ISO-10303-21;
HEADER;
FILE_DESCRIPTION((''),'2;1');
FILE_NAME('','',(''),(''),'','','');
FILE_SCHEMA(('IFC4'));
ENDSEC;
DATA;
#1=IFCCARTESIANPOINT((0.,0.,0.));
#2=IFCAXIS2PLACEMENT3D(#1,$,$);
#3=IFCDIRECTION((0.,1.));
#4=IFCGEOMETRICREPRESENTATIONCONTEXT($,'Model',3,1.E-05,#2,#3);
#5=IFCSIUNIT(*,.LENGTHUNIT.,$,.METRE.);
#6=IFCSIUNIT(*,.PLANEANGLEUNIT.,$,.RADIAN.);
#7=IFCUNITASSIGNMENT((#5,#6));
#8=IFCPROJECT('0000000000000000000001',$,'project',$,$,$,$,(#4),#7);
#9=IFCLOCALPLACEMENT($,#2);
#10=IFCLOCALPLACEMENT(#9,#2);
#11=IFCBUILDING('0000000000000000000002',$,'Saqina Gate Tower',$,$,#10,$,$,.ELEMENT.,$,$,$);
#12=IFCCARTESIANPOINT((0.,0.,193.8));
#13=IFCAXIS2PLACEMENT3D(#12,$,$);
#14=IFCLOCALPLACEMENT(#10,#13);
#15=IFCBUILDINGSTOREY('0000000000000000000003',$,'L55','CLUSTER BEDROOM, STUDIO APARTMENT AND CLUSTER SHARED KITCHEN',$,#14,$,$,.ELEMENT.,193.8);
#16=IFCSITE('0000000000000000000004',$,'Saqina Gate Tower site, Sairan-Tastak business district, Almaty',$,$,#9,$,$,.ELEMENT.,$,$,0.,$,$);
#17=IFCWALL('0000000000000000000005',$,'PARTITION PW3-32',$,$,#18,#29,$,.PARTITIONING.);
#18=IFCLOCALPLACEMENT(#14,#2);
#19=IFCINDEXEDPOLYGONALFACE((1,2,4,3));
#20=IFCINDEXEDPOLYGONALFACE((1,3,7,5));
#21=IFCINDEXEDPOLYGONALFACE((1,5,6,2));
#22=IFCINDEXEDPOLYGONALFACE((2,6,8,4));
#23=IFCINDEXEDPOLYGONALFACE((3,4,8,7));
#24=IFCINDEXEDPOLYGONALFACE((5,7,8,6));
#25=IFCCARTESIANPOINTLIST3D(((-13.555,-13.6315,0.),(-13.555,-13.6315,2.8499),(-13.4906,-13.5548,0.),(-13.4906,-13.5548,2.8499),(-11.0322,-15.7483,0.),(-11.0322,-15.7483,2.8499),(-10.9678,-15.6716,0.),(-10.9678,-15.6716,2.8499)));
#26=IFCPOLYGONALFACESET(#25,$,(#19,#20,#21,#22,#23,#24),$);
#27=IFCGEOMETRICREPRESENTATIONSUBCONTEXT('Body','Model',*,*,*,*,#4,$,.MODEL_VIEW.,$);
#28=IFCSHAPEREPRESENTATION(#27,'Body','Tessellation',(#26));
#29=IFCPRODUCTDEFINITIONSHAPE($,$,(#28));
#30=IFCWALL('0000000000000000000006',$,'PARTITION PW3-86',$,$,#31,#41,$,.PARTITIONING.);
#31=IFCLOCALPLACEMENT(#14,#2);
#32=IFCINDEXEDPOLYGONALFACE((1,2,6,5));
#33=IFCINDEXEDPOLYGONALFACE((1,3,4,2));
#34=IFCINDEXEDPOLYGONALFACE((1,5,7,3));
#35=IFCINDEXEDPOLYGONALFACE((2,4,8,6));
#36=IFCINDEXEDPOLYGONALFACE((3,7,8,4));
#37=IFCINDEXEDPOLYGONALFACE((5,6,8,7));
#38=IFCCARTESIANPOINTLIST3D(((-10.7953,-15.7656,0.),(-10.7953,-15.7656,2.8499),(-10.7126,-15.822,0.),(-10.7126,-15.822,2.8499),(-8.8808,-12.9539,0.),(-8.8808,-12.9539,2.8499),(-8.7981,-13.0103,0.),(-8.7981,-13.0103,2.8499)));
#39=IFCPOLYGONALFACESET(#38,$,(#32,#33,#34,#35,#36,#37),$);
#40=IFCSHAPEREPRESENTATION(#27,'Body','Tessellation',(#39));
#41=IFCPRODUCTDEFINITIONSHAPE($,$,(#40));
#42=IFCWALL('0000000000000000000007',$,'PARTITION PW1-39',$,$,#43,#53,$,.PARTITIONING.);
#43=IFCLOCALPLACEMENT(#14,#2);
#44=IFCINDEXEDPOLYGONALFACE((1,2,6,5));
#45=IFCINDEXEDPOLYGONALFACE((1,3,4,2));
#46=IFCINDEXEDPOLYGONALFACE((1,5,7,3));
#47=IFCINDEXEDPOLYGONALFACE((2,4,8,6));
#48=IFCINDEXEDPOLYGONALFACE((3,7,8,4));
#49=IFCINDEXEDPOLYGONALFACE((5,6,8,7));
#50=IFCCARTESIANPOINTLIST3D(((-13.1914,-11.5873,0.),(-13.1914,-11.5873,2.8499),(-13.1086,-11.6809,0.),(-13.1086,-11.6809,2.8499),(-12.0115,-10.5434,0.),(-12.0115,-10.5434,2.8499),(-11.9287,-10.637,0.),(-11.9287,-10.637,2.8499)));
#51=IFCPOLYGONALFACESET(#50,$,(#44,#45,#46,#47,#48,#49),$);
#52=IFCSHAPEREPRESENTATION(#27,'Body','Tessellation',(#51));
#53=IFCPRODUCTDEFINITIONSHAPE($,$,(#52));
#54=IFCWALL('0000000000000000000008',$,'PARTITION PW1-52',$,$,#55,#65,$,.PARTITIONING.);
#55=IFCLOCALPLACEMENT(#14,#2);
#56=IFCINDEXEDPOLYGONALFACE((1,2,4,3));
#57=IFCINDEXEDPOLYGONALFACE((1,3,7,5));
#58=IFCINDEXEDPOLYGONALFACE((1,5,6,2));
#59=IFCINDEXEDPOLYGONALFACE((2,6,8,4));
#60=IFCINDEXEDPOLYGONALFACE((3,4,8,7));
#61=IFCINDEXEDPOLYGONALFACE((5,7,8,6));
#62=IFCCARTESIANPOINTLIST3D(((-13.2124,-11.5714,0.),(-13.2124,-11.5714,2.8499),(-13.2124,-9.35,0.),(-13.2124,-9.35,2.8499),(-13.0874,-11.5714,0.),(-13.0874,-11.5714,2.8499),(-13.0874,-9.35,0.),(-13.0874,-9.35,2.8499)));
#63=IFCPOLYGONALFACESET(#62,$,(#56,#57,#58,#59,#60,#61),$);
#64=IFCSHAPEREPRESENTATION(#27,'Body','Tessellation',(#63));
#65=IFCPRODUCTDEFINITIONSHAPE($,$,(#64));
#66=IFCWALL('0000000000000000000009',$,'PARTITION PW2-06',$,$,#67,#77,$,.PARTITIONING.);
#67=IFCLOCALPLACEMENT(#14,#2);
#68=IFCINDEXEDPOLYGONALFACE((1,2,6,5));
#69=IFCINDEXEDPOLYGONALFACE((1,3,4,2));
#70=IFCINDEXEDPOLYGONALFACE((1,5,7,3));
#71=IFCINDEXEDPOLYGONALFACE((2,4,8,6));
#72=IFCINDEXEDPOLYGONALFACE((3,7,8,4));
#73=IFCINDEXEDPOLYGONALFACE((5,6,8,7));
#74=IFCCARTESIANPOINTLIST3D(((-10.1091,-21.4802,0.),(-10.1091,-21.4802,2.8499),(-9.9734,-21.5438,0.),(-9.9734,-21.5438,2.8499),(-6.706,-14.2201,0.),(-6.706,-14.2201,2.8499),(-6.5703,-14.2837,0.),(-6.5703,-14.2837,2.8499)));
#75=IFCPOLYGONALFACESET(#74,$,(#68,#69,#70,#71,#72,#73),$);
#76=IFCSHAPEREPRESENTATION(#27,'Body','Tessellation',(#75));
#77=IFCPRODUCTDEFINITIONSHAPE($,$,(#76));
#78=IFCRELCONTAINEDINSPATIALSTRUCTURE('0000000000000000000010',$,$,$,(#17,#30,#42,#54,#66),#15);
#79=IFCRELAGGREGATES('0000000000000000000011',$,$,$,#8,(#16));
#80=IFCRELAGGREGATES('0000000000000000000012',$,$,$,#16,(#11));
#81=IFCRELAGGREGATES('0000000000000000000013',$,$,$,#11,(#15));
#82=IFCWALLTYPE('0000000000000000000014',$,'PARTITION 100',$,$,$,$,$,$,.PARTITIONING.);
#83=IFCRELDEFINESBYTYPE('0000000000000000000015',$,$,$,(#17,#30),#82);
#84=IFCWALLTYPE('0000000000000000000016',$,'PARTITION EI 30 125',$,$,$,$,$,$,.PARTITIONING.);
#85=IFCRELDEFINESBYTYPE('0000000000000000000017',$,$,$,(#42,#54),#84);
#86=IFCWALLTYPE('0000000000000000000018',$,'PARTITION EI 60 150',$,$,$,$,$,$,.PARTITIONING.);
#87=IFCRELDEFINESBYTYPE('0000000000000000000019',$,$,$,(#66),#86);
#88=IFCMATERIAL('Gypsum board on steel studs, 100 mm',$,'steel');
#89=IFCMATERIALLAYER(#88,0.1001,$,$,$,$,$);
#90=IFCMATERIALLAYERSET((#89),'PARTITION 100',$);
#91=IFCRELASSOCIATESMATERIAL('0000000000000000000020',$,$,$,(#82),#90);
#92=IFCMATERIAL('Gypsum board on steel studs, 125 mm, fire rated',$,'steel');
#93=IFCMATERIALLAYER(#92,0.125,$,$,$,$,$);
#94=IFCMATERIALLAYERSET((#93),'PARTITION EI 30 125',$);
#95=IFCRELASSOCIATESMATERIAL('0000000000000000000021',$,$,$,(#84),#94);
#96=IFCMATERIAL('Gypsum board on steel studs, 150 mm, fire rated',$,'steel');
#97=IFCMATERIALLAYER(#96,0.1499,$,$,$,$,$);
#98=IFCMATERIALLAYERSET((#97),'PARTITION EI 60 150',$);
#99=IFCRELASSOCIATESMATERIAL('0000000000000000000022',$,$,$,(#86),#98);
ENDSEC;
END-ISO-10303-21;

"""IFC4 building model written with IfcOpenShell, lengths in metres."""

from ifc_helpers import new_model, si_unit, direction, frame, frame_2d, origin, place, context, subcontext, project, spatial, rectangle, extrude, material, layer, layer_set, type_object, element, save


model = new_model("IFC4")

# Units and contexts
model_context = context("Model", 3, precision=1e-05, world=origin(), true_north=direction((0.0, 1.0)))
body_context = subcontext(model_context, "Body", "Model", "MODEL_VIEW")
ifc_project = project(units=[si_unit("LENGTHUNIT", "METRE"), si_unit("PLANEANGLEUNIT", "RADIAN")], contexts=[model_context])

# Site, building, storey
site_placement = place(None, origin())
site = spatial("IfcSite", under=ifc_project, at=site_placement, Name="Saqina Gate Tower site, Sairan-Tastak business district, Almaty", CompositionType="ELEMENT", RefElevation=0.0)
building_placement = place(site_placement, origin())
building = spatial("IfcBuilding", under=site, at=building_placement, Name="Saqina Gate Tower", CompositionType="ELEMENT")
storey_placement = place(building_placement, frame((0.0, 0.0, 193.8)))
storey = spatial("IfcBuildingStorey", under=building, at=storey_placement, Name="L55", Description="CLUSTER BEDROOM, STUDIO APARTMENT AND CLUSTER SHARED KITCHEN", CompositionType="ELEMENT", Elevation=193.8)

# Walls
ifc_material_1 = material(Name="Gypsum board on steel studs, 100 mm", Category="steel")
ifc_layer_1 = layer(ifc_material_1, 0.1001)
ifc_layer_set_1 = layer_set([ifc_layer_1], Name="PARTITION 100")
wall_type_1 = type_object("IfcWallType", Name="PARTITION 100", PredefinedType="PARTITIONING", material=ifc_layer_set_1)
wall_1_placement = place(storey_placement, frame((-13.5227, -13.5933, 0.0), z_axis=(0.0, 0.0, 1.0), x_axis=(0.76606, -0.642769, 0.0)))
element("IfcWall", 1, at=wall_1_placement, inside=storey, type_object=wall_type_1, Name="PARTITION PW3-32", PredefinedType="PARTITIONING", context=body_context, shape_type="SweptSolid", body=[
    extrude(rectangle(XDim=3.2932, YDim=0.1001, at=frame_2d((1.6465, 0.0))), origin(), (0.0, 0.0, 1.0), 2.8499),
])
wall_2_placement = place(storey_placement, frame((-10.7539, -15.7937, 0.0), z_axis=(0.0, 0.0, 1.0), x_axis=(0.562822, 0.826578, 0.0)))
element("IfcWall", 2, at=wall_2_placement, inside=storey, type_object=wall_type_1, Name="PARTITION PW3-86", PredefinedType="PARTITIONING", context=body_context, shape_type="SweptSolid", body=[
    extrude(rectangle(XDim=3.4016, YDim=0.1001, at=frame_2d((1.7007, 0.0))), origin(), (0.0, 0.0, 1.0), 2.8499),
])
ifc_material_2 = material(Name="Gypsum board on steel studs, 125 mm, fire rated", Category="steel")
ifc_layer_2 = layer(ifc_material_2, 0.125)
ifc_layer_set_2 = layer_set([ifc_layer_2], Name="PARTITION EI 30 125")
wall_type_2 = type_object("IfcWallType", Name="PARTITION EI 30 125", PredefinedType="PARTITIONING", material=ifc_layer_set_2)
wall_3_placement = place(storey_placement, frame((-13.1499, -11.634, 0.0), z_axis=(0.0, 0.0, 1.0), x_axis=(0.748946, 0.662631, 0.0)))
element("IfcWall", 3, at=wall_3_placement, inside=storey, type_object=wall_type_2, Name="PARTITION PW1-39", PredefinedType="PARTITIONING", context=body_context, shape_type="SweptSolid", body=[
    extrude(rectangle(XDim=1.5754, YDim=0.125, at=frame_2d((0.7876, 0.0))), origin(), (0.0, 0.0, 1.0), 2.8499),
])
wall_4_placement = place(storey_placement, frame((-13.1499, -11.5715, 0.0), z_axis=(0.0, 0.0, 1.0), x_axis=(0.0, 1.0, 0.0)))
element("IfcWall", 4, at=wall_4_placement, inside=storey, type_object=wall_type_2, Name="PARTITION PW1-52", PredefinedType="PARTITIONING", context=body_context, shape_type="SweptSolid", body=[
    extrude(rectangle(XDim=2.2214, YDim=0.125, at=frame_2d((1.1108, 0.0))), origin(), (0.0, 0.0, 1.0), 2.8499),
])
ifc_material_3 = material(Name="Gypsum board on steel studs, 150 mm, fire rated", Category="steel")
ifc_layer_3 = layer(ifc_material_3, 0.1499)
ifc_layer_set_3 = layer_set([ifc_layer_3], Name="PARTITION EI 60 150")
wall_type_3 = type_object("IfcWallType", Name="PARTITION EI 60 150", PredefinedType="PARTITIONING", material=ifc_layer_set_3)
wall_5_placement = place(storey_placement, frame((-10.0413, -21.512, 0.0), z_axis=(0.0, 0.0, 1.0), x_axis=(0.424428, 0.905461, 0.0)))
element("IfcWall", 5, at=wall_5_placement, inside=storey, type_object=wall_type_3, Name="PARTITION PW2-06", PredefinedType="PARTITIONING", context=body_context, shape_type="SweptSolid", body=[
    extrude(rectangle(XDim=8.0181, YDim=0.1499, at=frame_2d((4.009, 0.0))), origin(), (0.0, 0.0, 1.0), 2.8499),
])

save(model, "model.ifc")
